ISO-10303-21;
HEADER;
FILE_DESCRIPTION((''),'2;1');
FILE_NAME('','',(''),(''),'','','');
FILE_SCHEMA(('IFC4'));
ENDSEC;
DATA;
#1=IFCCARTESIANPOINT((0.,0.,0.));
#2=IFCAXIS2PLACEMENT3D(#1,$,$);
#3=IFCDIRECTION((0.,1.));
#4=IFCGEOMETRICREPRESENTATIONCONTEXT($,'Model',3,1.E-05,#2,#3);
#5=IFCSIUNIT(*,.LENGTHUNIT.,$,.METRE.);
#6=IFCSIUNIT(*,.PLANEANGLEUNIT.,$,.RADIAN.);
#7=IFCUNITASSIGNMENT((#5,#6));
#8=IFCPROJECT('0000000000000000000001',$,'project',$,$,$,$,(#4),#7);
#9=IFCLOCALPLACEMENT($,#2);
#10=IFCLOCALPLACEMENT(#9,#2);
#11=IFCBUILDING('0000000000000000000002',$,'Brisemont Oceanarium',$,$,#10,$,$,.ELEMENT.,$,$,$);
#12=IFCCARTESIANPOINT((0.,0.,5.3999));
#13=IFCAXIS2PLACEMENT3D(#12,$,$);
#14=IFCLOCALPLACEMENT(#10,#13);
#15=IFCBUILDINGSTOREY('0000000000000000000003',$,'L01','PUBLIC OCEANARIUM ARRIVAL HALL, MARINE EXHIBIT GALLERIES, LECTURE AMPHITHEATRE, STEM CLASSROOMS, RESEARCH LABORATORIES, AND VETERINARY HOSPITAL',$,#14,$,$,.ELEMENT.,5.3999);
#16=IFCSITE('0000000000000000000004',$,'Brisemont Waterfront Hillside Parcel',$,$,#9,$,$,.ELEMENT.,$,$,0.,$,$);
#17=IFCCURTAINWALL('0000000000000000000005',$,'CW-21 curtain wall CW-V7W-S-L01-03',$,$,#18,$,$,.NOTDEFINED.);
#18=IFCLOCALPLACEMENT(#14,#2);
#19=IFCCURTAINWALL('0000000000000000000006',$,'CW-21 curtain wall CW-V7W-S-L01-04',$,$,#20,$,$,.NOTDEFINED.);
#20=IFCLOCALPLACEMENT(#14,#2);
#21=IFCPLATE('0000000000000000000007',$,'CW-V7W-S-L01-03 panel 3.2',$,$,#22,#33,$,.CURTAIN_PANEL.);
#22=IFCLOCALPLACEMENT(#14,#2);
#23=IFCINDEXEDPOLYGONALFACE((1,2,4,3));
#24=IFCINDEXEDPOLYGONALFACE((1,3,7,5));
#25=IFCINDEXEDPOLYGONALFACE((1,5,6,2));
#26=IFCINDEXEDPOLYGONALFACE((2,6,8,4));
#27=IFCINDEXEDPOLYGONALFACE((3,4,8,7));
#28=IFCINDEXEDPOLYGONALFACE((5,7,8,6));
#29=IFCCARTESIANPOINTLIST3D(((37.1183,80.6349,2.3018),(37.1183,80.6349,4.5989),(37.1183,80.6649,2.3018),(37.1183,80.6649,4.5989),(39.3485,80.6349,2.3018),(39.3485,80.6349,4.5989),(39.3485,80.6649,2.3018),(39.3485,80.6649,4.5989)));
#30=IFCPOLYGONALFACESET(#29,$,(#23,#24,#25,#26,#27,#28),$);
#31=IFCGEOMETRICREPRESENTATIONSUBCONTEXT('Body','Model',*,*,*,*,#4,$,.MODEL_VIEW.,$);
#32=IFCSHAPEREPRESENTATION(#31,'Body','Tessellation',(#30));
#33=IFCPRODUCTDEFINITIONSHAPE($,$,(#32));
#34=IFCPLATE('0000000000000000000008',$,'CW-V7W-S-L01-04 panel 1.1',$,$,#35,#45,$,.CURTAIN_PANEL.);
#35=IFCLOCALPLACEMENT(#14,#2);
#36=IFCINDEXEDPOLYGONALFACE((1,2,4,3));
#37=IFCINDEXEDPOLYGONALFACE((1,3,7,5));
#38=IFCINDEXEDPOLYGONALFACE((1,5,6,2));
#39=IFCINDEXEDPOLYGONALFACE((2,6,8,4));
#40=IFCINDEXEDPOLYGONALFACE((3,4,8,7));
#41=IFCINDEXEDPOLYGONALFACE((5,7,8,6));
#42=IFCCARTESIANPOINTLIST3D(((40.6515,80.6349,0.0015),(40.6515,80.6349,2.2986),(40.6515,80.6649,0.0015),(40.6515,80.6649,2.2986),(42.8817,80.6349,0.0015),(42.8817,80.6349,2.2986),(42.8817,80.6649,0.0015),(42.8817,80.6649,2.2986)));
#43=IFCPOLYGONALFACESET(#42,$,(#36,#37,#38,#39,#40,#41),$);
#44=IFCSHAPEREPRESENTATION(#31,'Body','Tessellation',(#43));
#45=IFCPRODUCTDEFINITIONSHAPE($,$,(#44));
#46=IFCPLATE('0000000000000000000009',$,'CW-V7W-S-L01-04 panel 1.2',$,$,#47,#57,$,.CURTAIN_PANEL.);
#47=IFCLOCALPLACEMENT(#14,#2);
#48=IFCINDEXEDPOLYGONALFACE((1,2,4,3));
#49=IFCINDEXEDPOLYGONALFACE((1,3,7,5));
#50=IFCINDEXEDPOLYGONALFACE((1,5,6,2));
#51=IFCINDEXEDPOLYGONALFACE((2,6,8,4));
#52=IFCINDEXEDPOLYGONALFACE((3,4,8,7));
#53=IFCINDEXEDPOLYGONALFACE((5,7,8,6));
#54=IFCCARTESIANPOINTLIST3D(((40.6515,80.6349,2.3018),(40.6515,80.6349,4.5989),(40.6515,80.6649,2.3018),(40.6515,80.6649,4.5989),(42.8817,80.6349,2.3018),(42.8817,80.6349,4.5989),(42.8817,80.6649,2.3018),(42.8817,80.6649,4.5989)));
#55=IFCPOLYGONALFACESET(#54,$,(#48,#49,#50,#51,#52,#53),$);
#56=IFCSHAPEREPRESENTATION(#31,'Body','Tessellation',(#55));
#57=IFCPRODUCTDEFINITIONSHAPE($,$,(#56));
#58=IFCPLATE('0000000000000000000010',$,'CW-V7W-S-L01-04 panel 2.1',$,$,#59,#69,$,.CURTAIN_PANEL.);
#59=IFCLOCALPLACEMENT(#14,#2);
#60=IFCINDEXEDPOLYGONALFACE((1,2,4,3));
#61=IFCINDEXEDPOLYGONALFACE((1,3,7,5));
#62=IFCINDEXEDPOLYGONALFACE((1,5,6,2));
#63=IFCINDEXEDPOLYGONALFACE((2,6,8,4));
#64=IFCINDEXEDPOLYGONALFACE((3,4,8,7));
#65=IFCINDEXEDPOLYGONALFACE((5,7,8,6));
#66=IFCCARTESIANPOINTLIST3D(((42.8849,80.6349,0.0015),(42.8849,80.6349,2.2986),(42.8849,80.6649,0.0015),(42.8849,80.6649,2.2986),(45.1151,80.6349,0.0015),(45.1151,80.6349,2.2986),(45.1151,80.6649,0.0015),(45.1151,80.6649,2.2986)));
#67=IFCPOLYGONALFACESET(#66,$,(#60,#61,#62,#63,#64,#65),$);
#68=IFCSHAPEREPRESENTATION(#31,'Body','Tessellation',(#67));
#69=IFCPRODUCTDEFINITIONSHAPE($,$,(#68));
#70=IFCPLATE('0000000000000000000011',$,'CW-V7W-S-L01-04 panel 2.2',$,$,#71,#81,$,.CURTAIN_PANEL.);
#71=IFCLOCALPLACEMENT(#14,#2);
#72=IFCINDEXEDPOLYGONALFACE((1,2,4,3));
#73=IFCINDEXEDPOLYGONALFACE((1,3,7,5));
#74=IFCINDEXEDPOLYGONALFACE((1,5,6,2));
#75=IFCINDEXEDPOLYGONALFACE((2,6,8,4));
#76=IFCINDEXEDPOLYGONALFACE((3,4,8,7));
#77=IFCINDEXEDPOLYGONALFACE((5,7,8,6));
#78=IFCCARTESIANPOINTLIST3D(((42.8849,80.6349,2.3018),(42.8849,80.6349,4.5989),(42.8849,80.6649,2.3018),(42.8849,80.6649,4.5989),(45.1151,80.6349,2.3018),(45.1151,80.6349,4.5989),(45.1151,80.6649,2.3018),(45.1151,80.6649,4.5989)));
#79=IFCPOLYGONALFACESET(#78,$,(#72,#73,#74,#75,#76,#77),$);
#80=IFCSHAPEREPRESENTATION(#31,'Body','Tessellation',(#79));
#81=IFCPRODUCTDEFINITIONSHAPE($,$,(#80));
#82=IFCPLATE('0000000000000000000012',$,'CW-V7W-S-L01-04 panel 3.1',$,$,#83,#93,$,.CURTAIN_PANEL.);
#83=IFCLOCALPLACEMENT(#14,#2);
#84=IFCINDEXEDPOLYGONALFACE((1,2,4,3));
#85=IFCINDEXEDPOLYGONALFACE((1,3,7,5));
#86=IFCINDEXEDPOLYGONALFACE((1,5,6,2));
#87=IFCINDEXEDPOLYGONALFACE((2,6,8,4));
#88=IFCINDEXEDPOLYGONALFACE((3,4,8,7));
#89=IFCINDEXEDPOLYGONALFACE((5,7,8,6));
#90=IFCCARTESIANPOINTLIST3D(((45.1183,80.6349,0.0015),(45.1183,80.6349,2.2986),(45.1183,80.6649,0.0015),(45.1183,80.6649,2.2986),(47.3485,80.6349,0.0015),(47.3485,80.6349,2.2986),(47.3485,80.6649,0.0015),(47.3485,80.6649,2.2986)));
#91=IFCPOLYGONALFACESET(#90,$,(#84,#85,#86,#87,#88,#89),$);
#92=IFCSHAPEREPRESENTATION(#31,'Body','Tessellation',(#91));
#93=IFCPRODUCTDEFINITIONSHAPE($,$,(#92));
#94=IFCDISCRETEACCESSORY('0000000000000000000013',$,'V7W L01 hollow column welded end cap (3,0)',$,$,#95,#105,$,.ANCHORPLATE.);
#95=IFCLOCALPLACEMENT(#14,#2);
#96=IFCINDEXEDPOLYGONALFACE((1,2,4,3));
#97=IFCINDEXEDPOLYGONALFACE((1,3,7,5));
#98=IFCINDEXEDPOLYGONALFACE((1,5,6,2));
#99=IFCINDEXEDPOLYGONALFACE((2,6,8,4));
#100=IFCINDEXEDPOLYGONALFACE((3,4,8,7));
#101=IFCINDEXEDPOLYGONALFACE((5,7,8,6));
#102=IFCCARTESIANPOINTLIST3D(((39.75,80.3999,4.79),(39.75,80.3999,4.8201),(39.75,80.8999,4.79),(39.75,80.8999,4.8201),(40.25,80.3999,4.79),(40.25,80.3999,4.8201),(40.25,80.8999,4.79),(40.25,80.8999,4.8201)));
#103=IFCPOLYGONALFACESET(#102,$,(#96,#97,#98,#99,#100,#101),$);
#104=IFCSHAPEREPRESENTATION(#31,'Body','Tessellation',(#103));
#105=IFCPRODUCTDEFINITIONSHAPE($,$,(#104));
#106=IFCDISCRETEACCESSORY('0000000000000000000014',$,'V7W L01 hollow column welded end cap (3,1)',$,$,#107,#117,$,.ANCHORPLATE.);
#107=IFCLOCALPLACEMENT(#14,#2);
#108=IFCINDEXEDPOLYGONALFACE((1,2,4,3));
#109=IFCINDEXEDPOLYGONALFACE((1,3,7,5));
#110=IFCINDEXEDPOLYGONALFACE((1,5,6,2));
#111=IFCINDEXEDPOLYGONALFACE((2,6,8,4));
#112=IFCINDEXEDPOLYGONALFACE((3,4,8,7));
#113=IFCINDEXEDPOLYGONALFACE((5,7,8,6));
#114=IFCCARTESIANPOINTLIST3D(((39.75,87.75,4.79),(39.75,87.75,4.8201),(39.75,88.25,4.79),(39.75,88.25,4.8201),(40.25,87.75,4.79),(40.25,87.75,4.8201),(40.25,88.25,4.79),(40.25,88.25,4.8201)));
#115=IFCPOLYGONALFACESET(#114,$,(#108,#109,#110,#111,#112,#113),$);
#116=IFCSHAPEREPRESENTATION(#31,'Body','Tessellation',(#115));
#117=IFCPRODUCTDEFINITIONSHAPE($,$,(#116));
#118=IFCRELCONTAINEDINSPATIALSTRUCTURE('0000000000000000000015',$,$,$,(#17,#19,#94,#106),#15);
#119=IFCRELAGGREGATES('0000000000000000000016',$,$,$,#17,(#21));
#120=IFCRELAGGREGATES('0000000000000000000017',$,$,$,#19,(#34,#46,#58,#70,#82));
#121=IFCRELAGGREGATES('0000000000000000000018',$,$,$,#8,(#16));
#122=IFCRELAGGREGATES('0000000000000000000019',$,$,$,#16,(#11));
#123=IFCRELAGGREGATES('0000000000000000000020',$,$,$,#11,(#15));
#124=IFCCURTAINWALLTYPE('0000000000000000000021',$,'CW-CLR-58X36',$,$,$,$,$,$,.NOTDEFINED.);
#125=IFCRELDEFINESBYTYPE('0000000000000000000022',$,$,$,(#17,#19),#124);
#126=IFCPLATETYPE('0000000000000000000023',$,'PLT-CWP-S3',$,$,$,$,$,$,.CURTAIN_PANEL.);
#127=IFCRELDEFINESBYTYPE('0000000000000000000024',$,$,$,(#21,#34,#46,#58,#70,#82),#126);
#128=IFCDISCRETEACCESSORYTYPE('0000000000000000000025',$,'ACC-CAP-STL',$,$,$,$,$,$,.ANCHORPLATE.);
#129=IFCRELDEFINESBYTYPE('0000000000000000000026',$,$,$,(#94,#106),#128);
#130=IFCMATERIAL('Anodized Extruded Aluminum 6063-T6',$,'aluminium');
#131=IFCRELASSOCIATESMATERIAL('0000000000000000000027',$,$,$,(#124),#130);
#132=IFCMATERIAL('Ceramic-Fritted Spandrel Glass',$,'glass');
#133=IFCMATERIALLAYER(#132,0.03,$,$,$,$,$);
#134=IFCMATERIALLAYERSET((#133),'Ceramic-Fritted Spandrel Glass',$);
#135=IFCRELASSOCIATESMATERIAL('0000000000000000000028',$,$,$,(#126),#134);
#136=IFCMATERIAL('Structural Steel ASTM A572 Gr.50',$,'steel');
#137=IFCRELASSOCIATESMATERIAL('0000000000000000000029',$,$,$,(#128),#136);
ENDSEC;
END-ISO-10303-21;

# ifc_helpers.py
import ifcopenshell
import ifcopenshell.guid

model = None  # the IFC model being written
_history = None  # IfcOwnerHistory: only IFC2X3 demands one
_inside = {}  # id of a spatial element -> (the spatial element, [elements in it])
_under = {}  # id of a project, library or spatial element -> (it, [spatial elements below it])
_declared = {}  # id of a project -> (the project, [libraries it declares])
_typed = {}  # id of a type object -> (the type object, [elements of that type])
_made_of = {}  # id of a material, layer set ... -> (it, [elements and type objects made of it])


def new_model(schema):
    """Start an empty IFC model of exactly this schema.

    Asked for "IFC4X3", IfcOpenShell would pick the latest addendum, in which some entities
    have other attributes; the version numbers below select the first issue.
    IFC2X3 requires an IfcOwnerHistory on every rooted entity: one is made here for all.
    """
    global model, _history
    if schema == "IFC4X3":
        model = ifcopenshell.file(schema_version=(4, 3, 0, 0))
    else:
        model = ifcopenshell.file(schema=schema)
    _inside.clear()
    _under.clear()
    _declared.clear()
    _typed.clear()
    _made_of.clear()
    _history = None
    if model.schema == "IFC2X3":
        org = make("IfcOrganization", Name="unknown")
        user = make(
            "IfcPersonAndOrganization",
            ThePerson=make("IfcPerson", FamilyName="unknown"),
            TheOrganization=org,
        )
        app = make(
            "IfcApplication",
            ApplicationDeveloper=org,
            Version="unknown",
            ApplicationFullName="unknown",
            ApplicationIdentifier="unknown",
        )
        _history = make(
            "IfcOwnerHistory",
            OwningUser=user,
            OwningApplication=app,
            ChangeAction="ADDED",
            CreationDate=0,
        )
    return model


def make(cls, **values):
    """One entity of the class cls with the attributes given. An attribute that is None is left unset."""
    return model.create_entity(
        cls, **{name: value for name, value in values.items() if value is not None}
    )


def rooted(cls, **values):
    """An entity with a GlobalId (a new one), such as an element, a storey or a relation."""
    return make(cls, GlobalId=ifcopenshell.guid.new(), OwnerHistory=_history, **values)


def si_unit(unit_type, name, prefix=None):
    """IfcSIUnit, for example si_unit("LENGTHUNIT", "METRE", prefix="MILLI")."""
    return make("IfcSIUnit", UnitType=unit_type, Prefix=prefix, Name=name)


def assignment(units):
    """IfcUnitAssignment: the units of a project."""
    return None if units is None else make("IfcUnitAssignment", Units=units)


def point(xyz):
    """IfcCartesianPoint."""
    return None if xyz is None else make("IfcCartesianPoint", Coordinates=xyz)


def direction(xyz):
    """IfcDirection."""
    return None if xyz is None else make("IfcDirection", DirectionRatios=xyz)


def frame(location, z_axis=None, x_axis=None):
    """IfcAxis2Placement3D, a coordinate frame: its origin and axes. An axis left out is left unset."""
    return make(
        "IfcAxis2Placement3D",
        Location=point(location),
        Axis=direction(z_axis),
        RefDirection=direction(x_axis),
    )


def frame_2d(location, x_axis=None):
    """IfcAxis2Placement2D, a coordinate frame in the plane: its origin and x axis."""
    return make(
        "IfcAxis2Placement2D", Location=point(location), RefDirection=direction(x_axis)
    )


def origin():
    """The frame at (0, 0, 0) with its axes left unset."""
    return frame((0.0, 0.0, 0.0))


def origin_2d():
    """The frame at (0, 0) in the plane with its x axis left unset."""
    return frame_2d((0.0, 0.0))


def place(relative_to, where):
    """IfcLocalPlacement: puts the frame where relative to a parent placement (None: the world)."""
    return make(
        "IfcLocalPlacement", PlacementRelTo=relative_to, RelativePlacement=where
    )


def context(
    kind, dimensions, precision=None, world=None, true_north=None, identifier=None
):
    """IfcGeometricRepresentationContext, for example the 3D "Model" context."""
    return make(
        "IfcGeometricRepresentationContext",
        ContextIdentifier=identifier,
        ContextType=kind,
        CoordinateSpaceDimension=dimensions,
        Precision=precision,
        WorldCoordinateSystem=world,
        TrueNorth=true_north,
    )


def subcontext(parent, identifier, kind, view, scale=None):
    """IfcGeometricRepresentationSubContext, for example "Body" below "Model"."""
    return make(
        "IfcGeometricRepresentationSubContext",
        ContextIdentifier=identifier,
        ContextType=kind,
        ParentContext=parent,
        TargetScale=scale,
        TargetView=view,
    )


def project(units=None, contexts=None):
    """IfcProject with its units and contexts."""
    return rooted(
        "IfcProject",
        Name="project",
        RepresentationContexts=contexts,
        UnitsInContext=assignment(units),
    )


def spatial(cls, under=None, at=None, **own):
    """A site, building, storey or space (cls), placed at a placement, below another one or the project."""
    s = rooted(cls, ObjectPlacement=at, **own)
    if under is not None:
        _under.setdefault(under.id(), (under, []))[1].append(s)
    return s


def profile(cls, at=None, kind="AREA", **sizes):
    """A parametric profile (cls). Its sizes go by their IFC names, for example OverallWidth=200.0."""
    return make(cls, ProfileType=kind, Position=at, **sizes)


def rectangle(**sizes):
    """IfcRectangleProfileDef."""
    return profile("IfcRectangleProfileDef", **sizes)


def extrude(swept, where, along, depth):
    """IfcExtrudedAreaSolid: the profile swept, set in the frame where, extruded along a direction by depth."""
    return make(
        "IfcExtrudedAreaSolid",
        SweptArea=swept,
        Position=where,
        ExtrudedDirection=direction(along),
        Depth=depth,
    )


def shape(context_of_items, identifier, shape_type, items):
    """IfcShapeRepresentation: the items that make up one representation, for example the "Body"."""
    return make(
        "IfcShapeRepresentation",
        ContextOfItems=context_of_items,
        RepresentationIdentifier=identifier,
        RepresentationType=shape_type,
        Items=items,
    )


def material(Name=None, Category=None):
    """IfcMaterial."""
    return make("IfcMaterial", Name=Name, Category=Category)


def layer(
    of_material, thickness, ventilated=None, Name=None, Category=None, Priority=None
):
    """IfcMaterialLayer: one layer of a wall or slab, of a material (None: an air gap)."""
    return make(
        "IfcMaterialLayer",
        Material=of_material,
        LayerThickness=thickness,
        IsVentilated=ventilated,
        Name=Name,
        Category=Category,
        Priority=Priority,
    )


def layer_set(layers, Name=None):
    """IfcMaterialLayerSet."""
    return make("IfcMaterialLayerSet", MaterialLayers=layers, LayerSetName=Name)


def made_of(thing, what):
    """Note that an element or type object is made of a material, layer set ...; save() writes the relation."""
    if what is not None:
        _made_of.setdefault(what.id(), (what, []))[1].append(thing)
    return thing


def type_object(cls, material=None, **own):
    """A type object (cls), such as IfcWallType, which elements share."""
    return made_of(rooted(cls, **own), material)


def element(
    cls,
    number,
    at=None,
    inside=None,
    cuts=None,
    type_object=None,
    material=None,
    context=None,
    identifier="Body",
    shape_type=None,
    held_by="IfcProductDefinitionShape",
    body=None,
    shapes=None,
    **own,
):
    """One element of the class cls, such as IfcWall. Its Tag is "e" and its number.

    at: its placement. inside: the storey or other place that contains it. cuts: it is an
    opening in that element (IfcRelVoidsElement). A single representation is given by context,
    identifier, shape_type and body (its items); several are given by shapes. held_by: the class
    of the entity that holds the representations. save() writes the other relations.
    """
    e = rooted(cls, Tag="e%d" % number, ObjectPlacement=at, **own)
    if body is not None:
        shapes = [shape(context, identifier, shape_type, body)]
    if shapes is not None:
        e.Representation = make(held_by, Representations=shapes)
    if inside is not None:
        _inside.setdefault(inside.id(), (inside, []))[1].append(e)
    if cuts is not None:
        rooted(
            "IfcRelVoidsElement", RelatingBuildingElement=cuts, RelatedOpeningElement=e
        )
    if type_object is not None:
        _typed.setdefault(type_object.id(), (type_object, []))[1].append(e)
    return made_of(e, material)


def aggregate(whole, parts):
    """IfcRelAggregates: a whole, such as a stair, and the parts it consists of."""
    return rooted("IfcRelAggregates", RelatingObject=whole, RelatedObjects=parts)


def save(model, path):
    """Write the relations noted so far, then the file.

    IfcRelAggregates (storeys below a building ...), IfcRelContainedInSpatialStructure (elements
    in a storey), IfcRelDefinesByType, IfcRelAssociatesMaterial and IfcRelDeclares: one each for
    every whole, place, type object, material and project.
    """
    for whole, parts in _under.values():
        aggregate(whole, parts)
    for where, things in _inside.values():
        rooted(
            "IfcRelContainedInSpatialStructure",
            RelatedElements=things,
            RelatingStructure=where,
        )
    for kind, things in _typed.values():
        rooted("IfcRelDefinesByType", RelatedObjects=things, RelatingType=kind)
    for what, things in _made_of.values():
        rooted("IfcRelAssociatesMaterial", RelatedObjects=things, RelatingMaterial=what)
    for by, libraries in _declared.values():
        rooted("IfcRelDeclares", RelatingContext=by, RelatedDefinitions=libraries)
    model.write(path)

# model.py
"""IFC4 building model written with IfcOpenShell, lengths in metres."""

from ifc_helpers import new_model, si_unit, direction, frame, origin, origin_2d, place, context, subcontext, project, spatial, rectangle, extrude, material, layer, layer_set, type_object, element, aggregate, save


model = new_model("IFC4")

# Units and contexts
model_context = context("Model", 3, precision=1e-05, world=origin(), true_north=direction((0.0, 1.0)))
body_context = subcontext(model_context, "Body", "Model", "MODEL_VIEW")
ifc_project = project(units=[si_unit("LENGTHUNIT", "METRE"), si_unit("PLANEANGLEUNIT", "RADIAN")], contexts=[model_context])

# Site, building, storey
site_placement = place(None, origin())
site = spatial("IfcSite", under=ifc_project, at=site_placement, Name="Brisemont Waterfront Hillside Parcel", CompositionType="ELEMENT", RefElevation=0.0)
building_placement = place(site_placement, origin())
building = spatial("IfcBuilding", under=site, at=building_placement, Name="Brisemont Oceanarium", CompositionType="ELEMENT")
storey_placement = place(building_placement, frame((0.0, 0.0, 5.3999)))
storey = spatial("IfcBuildingStorey", under=building, at=storey_placement, Name="L01", Description="PUBLIC OCEANARIUM ARRIVAL HALL, MARINE EXHIBIT GALLERIES, LECTURE AMPHITHEATRE, STEM CLASSROOMS, RESEARCH LABORATORIES, AND VETERINARY HOSPITAL", CompositionType="ELEMENT", Elevation=5.3999)

# Curtain walls
ifc_material_1 = material(Name="Anodized Extruded Aluminum 6063-T6", Category="aluminium")
curtain_wall_type = type_object("IfcCurtainWallType", Name="CW-CLR-58X36", PredefinedType="NOTDEFINED", material=ifc_material_1)
curtain_wall_1_placement = place(storey_placement, origin())
curtain_wall_1 = element("IfcCurtainWall", 1, at=curtain_wall_1_placement, inside=storey, type_object=curtain_wall_type, Name="CW-21 curtain wall CW-V7W-S-L01-03", PredefinedType="NOTDEFINED")
curtain_wall_2_placement = place(storey_placement, origin())
curtain_wall_2 = element("IfcCurtainWall", 2, at=curtain_wall_2_placement, inside=storey, type_object=curtain_wall_type, Name="CW-21 curtain wall CW-V7W-S-L01-04", PredefinedType="NOTDEFINED")

# Plates
ifc_material_2 = material(Name="Ceramic-Fritted Spandrel Glass", Category="glass")
ifc_layer = layer(ifc_material_2, 0.03)
ifc_layer_set = layer_set([ifc_layer], Name="Ceramic-Fritted Spandrel Glass")
plate_type = type_object("IfcPlateType", Name="PLT-CWP-S3", PredefinedType="CURTAIN_PANEL", material=ifc_layer_set)
plate_1_placement = place(storey_placement, frame((38.2334, 80.6499, 2.3018), z_axis=(0.0, 0.0, 1.0), x_axis=(1.0, 0.0, 0.0)))
plate_1 = element("IfcPlate", 3, at=plate_1_placement, type_object=plate_type, Name="CW-V7W-S-L01-03 panel 3.2", PredefinedType="CURTAIN_PANEL", context=body_context, shape_type="SweptSolid", body=[
    extrude(rectangle(XDim=2.2302, YDim=0.03, at=origin_2d()), origin(), (0.0, 0.0, 1.0), 2.2971),
])
aggregate(curtain_wall_1, [plate_1])
plate_2_placement = place(storey_placement, frame((41.7666, 80.6499, 0.0015), z_axis=(0.0, 0.0, 1.0), x_axis=(1.0, 0.0, 0.0)))
plate_2 = element("IfcPlate", 4, at=plate_2_placement, type_object=plate_type, Name="CW-V7W-S-L01-04 panel 1.1", PredefinedType="CURTAIN_PANEL", context=body_context, shape_type="SweptSolid", body=[
    extrude(rectangle(XDim=2.2302, YDim=0.03, at=origin_2d()), origin(), (0.0, 0.0, 1.0), 2.2971),
])
plate_3_placement = place(storey_placement, frame((41.7666, 80.6499, 2.3018), z_axis=(0.0, 0.0, 1.0), x_axis=(1.0, 0.0, 0.0)))
plate_3 = element("IfcPlate", 5, at=plate_3_placement, type_object=plate_type, Name="CW-V7W-S-L01-04 panel 1.2", PredefinedType="CURTAIN_PANEL", context=body_context, shape_type="SweptSolid", body=[
    extrude(rectangle(XDim=2.2302, YDim=0.03, at=origin_2d()), origin(), (0.0, 0.0, 1.0), 2.2971),
])
plate_4_placement = place(storey_placement, frame((44.0, 80.6499, 0.0015), z_axis=(0.0, 0.0, 1.0), x_axis=(1.0, 0.0, 0.0)))
plate_4 = element("IfcPlate", 6, at=plate_4_placement, type_object=plate_type, Name="CW-V7W-S-L01-04 panel 2.1", PredefinedType="CURTAIN_PANEL", context=body_context, shape_type="SweptSolid", body=[
    extrude(rectangle(XDim=2.2302, YDim=0.03, at=origin_2d()), origin(), (0.0, 0.0, 1.0), 2.2971),
])
plate_5_placement = place(storey_placement, frame((44.0, 80.6499, 2.3018), z_axis=(0.0, 0.0, 1.0), x_axis=(1.0, 0.0, 0.0)))
plate_5 = element("IfcPlate", 7, at=plate_5_placement, type_object=plate_type, Name="CW-V7W-S-L01-04 panel 2.2", PredefinedType="CURTAIN_PANEL", context=body_context, shape_type="SweptSolid", body=[
    extrude(rectangle(XDim=2.2302, YDim=0.03, at=origin_2d()), origin(), (0.0, 0.0, 1.0), 2.2971),
])
plate_6_placement = place(storey_placement, frame((46.2334, 80.6499, 0.0015), z_axis=(0.0, 0.0, 1.0), x_axis=(1.0, 0.0, 0.0)))
plate_6 = element("IfcPlate", 8, at=plate_6_placement, type_object=plate_type, Name="CW-V7W-S-L01-04 panel 3.1", PredefinedType="CURTAIN_PANEL", context=body_context, shape_type="SweptSolid", body=[
    extrude(rectangle(XDim=2.2302, YDim=0.03, at=origin_2d()), origin(), (0.0, 0.0, 1.0), 2.2971),
])
aggregate(curtain_wall_2, [plate_2, plate_3, plate_4, plate_5, plate_6])

# Discrete accessories
ifc_material_3 = material(Name="Structural Steel ASTM A572 Gr.50", Category="steel")
discrete_accessory_type = type_object("IfcDiscreteAccessoryType", Name="ACC-CAP-STL", PredefinedType="ANCHORPLATE", material=ifc_material_3)
for number, where, z_axis, x_axis, name in (
    (9, (40.0, 80.6499, 4.79), (0.0, 0.0, 1.0), (1.0, 0.0, 0.0), "V7W L01 hollow column welded end cap (3,0)"),
    (10, (40.0, 88.0, 4.79), (0.0, 0.0, 1.0), (1.0, 0.0, 0.0), "V7W L01 hollow column welded end cap (3,1)"),
):
    element("IfcDiscreteAccessory", number, at=place(storey_placement, frame(where, z_axis=z_axis, x_axis=x_axis)), inside=storey, type_object=discrete_accessory_type, Name=name, PredefinedType="ANCHORPLATE", context=body_context, shape_type="SweptSolid", body=[
        extrude(rectangle(XDim=0.5, YDim=0.5, at=origin_2d()), origin(), (0.0, 0.0, 1.0), 0.03),
    ])

save(model, "model.ifc")
